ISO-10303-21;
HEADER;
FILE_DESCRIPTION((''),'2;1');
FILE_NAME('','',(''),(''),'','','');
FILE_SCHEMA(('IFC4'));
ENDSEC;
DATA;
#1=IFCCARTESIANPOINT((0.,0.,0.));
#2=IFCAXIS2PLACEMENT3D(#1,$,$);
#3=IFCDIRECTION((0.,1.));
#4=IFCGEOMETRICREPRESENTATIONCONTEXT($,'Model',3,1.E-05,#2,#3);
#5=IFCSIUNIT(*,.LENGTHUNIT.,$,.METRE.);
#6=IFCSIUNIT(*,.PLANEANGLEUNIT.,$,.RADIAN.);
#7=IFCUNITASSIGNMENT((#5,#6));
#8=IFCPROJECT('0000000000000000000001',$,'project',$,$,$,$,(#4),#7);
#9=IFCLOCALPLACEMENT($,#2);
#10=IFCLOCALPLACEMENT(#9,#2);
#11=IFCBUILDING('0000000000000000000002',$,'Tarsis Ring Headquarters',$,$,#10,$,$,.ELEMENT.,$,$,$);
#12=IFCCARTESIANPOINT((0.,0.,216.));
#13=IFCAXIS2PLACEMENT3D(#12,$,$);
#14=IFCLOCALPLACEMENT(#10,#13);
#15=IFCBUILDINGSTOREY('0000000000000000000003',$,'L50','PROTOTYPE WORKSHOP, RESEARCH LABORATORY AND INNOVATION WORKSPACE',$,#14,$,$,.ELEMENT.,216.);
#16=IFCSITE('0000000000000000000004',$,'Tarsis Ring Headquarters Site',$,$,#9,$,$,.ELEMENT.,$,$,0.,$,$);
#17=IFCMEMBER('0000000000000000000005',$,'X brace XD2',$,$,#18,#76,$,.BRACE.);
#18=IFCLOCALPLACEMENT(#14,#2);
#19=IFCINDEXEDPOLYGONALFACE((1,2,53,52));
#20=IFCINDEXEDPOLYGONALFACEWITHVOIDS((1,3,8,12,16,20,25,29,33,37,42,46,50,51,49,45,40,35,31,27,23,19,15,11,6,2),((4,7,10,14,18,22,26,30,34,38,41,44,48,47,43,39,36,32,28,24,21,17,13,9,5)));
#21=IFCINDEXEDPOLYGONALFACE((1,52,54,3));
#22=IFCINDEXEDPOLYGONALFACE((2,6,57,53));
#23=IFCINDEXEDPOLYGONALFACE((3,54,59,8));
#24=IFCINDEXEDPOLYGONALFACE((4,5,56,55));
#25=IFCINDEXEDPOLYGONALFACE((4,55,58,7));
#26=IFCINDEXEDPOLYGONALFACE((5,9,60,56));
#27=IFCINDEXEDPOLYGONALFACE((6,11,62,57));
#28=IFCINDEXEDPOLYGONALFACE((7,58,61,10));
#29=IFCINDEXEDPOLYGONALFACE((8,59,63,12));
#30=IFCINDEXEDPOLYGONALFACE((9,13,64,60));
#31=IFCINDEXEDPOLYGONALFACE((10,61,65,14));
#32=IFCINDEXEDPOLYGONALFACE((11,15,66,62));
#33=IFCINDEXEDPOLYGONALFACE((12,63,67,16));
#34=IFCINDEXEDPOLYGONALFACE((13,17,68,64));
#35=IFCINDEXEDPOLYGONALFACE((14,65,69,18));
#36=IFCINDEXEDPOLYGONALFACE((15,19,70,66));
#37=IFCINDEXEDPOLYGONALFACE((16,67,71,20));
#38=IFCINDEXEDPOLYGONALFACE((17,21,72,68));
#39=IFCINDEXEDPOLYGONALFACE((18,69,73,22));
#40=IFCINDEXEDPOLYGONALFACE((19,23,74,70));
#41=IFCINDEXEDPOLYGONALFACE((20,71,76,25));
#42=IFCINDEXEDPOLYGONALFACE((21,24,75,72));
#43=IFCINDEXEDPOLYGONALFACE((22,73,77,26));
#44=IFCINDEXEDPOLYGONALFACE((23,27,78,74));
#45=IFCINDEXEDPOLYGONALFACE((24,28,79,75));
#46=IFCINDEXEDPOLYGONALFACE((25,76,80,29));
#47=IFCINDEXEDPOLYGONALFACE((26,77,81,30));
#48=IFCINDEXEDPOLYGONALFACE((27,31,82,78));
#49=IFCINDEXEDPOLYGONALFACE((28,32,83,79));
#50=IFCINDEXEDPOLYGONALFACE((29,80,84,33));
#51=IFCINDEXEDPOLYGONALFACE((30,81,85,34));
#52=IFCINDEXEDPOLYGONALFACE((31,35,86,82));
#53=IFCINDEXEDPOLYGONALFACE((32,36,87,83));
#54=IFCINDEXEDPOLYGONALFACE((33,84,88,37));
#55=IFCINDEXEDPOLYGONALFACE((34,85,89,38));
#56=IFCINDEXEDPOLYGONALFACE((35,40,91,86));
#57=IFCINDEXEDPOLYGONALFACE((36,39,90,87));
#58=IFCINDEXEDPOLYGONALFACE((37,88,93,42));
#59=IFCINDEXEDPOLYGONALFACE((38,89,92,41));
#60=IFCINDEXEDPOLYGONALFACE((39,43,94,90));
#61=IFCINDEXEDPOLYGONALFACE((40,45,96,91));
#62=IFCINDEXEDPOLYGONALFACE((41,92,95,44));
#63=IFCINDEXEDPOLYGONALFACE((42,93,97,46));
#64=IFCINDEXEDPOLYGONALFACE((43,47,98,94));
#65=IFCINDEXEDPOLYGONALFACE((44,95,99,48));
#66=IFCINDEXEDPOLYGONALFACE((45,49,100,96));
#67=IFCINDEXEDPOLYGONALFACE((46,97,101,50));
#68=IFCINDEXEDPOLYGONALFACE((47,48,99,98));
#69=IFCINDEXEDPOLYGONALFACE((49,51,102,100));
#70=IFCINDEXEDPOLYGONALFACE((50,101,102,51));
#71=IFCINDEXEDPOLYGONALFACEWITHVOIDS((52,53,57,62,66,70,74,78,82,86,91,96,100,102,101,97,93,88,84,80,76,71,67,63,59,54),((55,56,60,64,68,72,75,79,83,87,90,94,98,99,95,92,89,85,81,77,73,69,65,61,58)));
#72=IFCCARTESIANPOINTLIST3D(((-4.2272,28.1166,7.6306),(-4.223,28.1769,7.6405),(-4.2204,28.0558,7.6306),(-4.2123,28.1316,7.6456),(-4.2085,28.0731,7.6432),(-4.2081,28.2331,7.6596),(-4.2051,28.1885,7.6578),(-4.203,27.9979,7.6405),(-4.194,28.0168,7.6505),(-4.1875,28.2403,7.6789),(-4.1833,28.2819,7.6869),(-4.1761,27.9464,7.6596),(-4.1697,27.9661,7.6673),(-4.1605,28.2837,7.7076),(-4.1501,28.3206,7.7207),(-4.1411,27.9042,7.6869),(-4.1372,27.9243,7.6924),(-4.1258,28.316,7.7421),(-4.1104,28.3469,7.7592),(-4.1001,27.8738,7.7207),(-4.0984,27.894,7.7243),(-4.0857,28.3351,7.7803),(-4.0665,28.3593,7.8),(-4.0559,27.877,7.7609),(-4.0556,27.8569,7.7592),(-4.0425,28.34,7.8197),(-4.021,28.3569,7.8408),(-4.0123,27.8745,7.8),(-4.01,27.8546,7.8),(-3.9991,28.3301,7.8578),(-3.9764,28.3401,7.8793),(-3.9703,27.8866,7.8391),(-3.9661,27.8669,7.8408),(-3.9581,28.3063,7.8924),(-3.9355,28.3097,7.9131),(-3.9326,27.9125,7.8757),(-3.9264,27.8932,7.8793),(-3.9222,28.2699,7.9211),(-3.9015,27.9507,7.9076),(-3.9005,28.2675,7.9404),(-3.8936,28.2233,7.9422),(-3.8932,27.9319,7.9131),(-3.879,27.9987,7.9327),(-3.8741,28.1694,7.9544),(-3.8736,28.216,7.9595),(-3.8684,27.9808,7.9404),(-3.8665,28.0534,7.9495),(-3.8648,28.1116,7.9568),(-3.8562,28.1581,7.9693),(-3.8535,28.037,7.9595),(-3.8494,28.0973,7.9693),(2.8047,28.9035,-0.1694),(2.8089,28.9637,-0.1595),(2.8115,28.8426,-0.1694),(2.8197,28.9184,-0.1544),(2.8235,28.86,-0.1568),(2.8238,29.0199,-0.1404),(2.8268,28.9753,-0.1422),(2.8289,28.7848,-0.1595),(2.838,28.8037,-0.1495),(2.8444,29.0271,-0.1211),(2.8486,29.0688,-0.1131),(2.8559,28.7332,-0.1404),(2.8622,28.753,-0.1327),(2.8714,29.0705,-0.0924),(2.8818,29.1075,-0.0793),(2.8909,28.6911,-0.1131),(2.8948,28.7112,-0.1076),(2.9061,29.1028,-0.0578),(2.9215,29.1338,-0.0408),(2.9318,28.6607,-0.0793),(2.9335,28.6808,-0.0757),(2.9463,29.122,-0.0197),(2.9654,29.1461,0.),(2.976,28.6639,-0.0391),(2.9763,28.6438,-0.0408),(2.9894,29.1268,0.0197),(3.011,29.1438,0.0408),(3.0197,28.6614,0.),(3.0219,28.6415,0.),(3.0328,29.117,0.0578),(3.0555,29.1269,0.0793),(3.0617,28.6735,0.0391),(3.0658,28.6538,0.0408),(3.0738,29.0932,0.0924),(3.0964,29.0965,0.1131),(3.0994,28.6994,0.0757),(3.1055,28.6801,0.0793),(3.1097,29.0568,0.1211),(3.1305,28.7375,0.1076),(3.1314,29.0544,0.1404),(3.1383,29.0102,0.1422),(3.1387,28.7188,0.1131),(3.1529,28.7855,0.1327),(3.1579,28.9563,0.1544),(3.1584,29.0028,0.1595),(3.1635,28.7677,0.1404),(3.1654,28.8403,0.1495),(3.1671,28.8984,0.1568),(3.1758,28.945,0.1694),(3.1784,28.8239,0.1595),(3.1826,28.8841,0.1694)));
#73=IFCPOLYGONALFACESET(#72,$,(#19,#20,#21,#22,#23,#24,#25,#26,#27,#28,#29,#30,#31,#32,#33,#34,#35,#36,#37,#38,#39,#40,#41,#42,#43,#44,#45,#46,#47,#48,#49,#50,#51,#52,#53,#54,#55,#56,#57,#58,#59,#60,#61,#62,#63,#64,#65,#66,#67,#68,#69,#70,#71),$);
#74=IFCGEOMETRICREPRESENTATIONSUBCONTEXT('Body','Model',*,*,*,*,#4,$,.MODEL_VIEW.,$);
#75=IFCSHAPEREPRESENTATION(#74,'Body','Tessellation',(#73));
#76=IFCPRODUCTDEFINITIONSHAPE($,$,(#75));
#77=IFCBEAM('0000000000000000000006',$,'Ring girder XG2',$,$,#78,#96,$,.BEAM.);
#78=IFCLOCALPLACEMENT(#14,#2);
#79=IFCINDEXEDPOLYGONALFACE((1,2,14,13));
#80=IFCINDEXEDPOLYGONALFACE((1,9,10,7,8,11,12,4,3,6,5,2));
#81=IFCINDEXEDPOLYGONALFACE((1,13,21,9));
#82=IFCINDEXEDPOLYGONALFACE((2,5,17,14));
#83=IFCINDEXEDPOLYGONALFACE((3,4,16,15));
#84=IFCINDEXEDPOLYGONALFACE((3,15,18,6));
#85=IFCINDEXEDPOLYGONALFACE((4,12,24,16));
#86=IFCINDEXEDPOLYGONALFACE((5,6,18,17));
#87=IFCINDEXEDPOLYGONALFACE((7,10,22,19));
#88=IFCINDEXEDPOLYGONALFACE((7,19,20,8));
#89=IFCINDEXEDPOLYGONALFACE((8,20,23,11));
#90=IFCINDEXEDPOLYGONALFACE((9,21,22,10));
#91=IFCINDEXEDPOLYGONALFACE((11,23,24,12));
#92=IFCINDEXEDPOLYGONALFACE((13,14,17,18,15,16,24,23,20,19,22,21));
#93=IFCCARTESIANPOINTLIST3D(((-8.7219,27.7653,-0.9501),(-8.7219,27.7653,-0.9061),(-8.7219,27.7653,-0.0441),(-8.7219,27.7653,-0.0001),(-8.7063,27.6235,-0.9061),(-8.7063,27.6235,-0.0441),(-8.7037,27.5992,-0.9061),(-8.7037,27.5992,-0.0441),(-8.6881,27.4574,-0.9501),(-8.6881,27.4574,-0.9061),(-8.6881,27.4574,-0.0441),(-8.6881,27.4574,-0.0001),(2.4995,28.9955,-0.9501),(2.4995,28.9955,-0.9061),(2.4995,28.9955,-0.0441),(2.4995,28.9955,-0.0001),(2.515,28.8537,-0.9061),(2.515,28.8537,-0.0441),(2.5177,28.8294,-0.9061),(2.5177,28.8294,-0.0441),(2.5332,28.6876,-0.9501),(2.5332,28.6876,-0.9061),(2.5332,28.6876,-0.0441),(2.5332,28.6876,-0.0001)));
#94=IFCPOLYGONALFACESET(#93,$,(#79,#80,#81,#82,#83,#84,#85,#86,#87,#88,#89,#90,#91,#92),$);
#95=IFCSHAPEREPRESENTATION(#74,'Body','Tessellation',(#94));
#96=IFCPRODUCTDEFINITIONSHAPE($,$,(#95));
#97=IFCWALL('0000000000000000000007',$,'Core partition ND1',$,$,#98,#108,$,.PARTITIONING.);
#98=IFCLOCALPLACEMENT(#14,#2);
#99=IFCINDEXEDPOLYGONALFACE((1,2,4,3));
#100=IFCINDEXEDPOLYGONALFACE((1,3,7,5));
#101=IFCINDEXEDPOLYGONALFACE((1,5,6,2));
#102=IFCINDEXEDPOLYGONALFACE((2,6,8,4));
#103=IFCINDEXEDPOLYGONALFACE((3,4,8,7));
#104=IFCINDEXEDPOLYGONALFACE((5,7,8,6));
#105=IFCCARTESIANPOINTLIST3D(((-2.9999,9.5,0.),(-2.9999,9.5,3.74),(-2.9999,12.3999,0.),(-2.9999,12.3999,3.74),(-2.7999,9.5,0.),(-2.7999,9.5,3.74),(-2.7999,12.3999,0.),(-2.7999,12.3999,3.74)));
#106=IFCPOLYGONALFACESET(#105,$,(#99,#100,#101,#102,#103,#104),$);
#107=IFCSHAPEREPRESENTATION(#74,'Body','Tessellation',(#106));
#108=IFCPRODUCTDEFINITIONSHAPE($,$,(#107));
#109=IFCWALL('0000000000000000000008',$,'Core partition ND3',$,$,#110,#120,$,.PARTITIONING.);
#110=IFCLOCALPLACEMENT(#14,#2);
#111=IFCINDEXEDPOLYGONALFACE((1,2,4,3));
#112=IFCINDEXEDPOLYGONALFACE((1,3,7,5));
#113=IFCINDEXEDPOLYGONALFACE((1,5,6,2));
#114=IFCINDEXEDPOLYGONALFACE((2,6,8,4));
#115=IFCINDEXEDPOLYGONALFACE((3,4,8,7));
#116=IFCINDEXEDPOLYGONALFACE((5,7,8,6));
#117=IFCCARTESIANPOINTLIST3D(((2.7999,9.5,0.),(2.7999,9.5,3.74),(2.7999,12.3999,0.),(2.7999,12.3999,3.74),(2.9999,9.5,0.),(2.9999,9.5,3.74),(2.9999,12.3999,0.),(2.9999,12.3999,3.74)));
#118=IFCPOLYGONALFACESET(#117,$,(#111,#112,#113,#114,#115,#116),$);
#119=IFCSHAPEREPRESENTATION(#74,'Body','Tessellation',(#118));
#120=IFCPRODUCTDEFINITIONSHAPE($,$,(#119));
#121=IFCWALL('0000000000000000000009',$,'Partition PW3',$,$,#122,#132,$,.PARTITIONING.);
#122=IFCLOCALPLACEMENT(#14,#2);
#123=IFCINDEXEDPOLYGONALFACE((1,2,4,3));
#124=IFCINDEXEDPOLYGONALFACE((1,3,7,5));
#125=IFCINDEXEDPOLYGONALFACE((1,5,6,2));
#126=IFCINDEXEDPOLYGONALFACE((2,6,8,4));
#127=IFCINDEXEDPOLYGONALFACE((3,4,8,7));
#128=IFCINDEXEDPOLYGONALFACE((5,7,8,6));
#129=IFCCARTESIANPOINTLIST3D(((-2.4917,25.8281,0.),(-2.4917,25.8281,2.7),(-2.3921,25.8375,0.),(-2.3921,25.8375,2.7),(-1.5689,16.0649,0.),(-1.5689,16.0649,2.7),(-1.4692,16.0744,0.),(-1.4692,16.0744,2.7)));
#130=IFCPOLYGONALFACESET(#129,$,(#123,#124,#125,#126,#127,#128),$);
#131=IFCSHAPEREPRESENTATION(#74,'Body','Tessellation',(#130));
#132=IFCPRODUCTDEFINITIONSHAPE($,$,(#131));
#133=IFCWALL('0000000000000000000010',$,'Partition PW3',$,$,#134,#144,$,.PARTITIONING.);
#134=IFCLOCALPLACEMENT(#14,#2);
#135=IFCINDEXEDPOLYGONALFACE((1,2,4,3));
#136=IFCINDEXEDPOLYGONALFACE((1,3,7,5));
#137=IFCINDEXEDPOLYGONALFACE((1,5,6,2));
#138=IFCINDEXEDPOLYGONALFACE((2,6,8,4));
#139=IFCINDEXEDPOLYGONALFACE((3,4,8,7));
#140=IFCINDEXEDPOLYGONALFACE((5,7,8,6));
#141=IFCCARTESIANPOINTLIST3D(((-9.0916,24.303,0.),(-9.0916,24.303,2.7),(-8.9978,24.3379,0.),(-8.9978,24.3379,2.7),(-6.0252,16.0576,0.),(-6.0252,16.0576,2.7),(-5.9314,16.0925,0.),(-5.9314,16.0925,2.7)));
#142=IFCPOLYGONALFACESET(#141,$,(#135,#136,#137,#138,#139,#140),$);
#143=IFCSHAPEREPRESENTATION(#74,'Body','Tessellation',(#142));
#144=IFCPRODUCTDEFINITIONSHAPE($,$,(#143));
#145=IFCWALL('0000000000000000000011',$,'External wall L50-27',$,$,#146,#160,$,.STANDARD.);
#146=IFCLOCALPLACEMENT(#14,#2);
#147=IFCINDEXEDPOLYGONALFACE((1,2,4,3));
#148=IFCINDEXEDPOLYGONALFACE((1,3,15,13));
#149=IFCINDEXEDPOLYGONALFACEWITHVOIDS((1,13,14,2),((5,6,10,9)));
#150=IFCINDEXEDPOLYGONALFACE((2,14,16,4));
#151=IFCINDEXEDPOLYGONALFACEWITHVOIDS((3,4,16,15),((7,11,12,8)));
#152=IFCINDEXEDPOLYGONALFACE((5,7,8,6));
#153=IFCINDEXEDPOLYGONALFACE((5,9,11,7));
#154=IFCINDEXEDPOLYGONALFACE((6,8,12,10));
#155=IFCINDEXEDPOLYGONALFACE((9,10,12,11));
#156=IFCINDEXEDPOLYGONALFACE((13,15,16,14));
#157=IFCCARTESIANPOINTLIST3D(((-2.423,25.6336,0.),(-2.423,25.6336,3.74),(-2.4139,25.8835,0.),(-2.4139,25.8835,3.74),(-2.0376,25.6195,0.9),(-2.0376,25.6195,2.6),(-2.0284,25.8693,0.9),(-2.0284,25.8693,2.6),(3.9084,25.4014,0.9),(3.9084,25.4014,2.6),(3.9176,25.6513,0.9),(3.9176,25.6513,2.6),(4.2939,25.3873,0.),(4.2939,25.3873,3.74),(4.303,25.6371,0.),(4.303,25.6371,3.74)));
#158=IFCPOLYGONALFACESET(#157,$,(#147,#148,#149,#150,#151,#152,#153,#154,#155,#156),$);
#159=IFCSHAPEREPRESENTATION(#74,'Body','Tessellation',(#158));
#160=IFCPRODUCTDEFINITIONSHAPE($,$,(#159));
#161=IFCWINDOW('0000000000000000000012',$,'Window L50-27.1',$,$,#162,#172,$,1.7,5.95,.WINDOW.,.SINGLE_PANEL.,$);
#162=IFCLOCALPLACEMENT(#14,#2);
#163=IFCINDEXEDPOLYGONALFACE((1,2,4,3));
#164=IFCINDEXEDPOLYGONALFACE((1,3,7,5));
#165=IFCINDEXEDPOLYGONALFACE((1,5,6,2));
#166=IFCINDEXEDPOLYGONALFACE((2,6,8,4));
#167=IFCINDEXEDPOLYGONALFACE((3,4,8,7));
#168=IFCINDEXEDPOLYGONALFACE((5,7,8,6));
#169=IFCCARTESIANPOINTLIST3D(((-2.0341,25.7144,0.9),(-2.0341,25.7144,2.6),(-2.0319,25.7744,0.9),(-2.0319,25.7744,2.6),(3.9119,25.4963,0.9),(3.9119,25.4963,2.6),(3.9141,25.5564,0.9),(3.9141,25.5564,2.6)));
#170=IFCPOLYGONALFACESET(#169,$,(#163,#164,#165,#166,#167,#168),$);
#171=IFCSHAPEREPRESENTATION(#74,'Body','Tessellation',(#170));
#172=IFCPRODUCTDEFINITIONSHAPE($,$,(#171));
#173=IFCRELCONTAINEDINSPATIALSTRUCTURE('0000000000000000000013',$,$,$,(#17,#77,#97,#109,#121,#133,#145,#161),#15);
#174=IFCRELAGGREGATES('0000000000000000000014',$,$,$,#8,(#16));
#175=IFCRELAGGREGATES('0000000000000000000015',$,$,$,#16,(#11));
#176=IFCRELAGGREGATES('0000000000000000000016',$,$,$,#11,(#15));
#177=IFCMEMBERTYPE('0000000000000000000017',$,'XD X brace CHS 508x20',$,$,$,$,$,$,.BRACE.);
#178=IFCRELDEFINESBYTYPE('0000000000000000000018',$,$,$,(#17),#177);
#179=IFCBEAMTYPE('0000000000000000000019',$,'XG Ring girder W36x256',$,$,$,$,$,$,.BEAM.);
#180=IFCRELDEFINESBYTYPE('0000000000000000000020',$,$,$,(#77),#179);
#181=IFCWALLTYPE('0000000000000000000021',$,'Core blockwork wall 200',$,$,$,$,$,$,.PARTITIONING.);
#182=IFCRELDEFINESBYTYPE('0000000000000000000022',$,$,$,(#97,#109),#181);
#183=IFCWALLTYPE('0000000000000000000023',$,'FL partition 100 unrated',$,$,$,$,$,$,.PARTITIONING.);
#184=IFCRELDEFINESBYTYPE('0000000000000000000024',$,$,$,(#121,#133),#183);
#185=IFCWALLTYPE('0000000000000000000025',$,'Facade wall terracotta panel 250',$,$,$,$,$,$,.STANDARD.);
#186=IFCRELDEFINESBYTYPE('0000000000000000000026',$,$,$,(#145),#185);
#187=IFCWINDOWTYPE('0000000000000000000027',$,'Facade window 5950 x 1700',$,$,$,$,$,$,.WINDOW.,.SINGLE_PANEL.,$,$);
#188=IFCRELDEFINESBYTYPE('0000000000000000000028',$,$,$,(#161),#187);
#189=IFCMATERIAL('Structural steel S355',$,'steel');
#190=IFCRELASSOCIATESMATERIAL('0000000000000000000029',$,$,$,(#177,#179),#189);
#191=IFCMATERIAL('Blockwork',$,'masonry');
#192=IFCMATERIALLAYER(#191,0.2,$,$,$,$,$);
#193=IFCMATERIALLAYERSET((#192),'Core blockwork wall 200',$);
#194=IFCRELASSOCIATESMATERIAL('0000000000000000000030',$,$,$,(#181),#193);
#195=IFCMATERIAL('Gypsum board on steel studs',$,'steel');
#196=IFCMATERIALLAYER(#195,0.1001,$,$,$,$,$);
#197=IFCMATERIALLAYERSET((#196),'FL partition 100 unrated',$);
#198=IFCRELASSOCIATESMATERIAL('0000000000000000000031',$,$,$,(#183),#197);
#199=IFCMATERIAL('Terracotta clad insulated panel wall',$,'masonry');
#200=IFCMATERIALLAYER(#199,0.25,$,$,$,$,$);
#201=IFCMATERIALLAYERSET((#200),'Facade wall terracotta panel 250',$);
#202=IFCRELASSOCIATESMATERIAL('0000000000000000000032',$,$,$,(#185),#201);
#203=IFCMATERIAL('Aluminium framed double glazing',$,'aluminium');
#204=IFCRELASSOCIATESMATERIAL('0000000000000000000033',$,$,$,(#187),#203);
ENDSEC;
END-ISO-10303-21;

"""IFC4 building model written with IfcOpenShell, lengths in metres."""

from ifc_helpers import new_model, si_unit, direction, frame, frame_2d, origin, origin_2d, place, context, subcontext, project, spatial, rectangle, hollow_circle, i_section, extrude, material, layer, layer_set, material_profile, profile_set, type_object, element, fill, save


model = new_model("IFC4")

# Units and contexts
model_context = context("Model", 3, precision=1e-05, world=origin(), true_north=direction((0.0, 1.0)))
body_context = subcontext(model_context, "Body", "Model", "MODEL_VIEW")
ifc_project = project(units=[si_unit("LENGTHUNIT", "METRE"), si_unit("PLANEANGLEUNIT", "RADIAN")], contexts=[model_context])

# Site, building, storey
site_placement = place(None, origin())
site = spatial("IfcSite", under=ifc_project, at=site_placement, Name="Tarsis Ring Headquarters Site", CompositionType="ELEMENT", RefElevation=0.0)
building_placement = place(site_placement, origin())
building = spatial("IfcBuilding", under=site, at=building_placement, Name="Tarsis Ring Headquarters", CompositionType="ELEMENT")
storey_placement = place(building_placement, frame((0.0, 0.0, 216.0)))
storey = spatial("IfcBuildingStorey", under=building, at=storey_placement, Name="L50", Description="PROTOTYPE WORKSHOP, RESEARCH LABORATORY AND INNOVATION WORKSPACE", CompositionType="ELEMENT", Elevation=216.0)

# Shared definitions
ifc_material_1 = material(Name="Structural steel S355", Category="steel")

# Member
ifc_material_profile_1 = material_profile(ifc_material_1, hollow_circle(Radius=0.2539, WallThickness=0.02, at=origin_2d()), Name="CHS 508x20")
ifc_profile_set_1 = profile_set([ifc_material_profile_1], Name="Structural steel S355")
member_type = type_object("IfcMemberType", Name="XD X brace CHS 508x20", PredefinedType="BRACE", material=ifc_profile_set_1)
member_placement = place(storey_placement, frame((2.9937, 28.8938, 0.0), z_axis=(-0.667721, -0.074717, 0.740653), x_axis=(0.111204, -0.993798, 0.0)))
element("IfcMember", 1, at=member_placement, inside=storey, type_object=member_type, Name="X brace XD2", PredefinedType="BRACE", context=body_context, shape_type="SweptSolid", body=[
    extrude(hollow_circle(Radius=0.2539, WallThickness=0.02, at=origin_2d()), origin(), (0.0, 0.0, 1.0), 10.5312),
])

# Beam
ifc_material_profile_2 = material_profile(ifc_material_1, i_section(OverallWidth=0.3098, OverallDepth=0.95, WebThickness=0.0244, FlangeThickness=0.0439, at=origin_2d()), Name="W36x256")
ifc_profile_set_2 = profile_set([ifc_material_profile_2], Name="Structural steel S355")
beam_type_1 = type_object("IfcBeamType", Name="XG Ring girder W36x256", PredefinedType="BEAM", material=ifc_profile_set_2)
beam_1_placement = place(storey_placement, frame((2.5164, 28.8416, -0.4751), z_axis=(-0.994044, -0.108979, 0.0), x_axis=(0.108979, -0.994044, 0.0)))
element("IfcBeam", 2, at=beam_1_placement, inside=storey, type_object=beam_type_1, Name="Ring girder XG2", PredefinedType="BEAM", context=body_context, shape_type="SweptSolid", body=[
    extrude(i_section(OverallWidth=0.3098, OverallDepth=0.95, WebThickness=0.0244, FlangeThickness=0.0439, at=origin_2d()), origin(), (0.0, 0.0, 1.0), 11.2886),
])

# Walls
ifc_material_2 = material(Name="Blockwork", Category="masonry")
ifc_layer_1 = layer(ifc_material_2, 0.2)
ifc_layer_set_1 = layer_set([ifc_layer_1], Name="Core blockwork wall 200")
wall_type_1 = type_object("IfcWallType", Name="Core blockwork wall 200", PredefinedType="PARTITIONING", material=ifc_layer_set_1)
for number, where, z_axis, x_axis, name in (
    (3, (-2.8999, 9.5, 0.0), (0.0, 0.0, 1.0), (0.0, 1.0, 0.0), "Core partition ND1"),
    (4, (2.8999, 9.5, 0.0), (0.0, 0.0, 1.0), (0.0, 1.0, 0.0), "Core partition ND3"),
):
    element("IfcWall", number, at=place(storey_placement, frame(where, z_axis=z_axis, x_axis=x_axis)), inside=storey, type_object=wall_type_1, Name=name, PredefinedType="PARTITIONING", context=body_context, shape_type="SweptSolid", body=[
        extrude(rectangle(XDim=2.8999, YDim=0.2, at=frame_2d((1.45, 0.0))), origin(), (0.0, 0.0, 1.0), 3.74),
    ])
ifc_material_3 = material(Name="Gypsum board on steel studs", Category="steel")
ifc_layer_2 = layer(ifc_material_3, 0.1001)
ifc_layer_set_2 = layer_set([ifc_layer_2], Name="FL partition 100 unrated")
wall_type_2 = type_object("IfcWallType", Name="FL partition 100 unrated", PredefinedType="PARTITIONING", material=ifc_layer_set_2)
wall_1_placement = place(storey_placement, frame((-2.4419, 25.8328, 0.0), z_axis=(0.0, 0.0, 1.0), x_axis=(0.094104, -0.995562, 0.0)))
element("IfcWall", 5, at=wall_1_placement, inside=storey, type_object=wall_type_2, Name="Partition PW3", PredefinedType="PARTITIONING", context=body_context, shape_type="SweptSolid", body=[
    extrude(rectangle(XDim=9.8066, YDim=0.1001, at=frame_2d((4.9033, 0.0))), origin(), (0.0, 0.0, 1.0), 2.7),
])
wall_2_placement = place(storey_placement, frame((-9.0447, 24.3203, 0.0), z_axis=(0.0, 0.0, 1.0), x_axis=(0.34857, -0.937283, 0.0)))
element("IfcWall", 6, at=wall_2_placement, inside=storey, type_object=wall_type_2, Name="Partition PW3", PredefinedType="PARTITIONING", context=body_context, shape_type="SweptSolid", body=[
    extrude(rectangle(XDim=8.7971, YDim=0.1001, at=frame_2d((4.3984, 0.0))), origin(), (0.0, 0.0, 1.0), 2.7),
])

# Wall, opening, window
ifc_material_4 = material(Name="Terracotta clad insulated panel wall", Category="masonry")
ifc_layer_3 = layer(ifc_material_4, 0.25)
ifc_layer_set_3 = layer_set([ifc_layer_3], Name="Facade wall terracotta panel 250")
wall_type_3 = type_object("IfcWallType", Name="Facade wall terracotta panel 250", PredefinedType="STANDARD", material=ifc_layer_set_3)
wall_3_placement = place(storey_placement, frame((4.2986, 25.5122, 0.0), z_axis=(0.0, 0.0, 1.0), x_axis=(-0.999328, 0.036649, 0.0)))
wall_3 = element("IfcWall", 7, at=wall_3_placement, inside=storey, type_object=wall_type_3, Name="External wall L50-27", PredefinedType="STANDARD", context=body_context, shape_type="SweptSolid", body=[
    extrude(rectangle(XDim=6.7214, YDim=0.25, at=frame_2d((3.3608, 0.0))), origin(), (0.0, 0.0, 1.0), 3.74),
])
opening_1_placement = place(wall_3_placement, frame((0.3857, 0.0, 0.8999)))
opening_1 = element("IfcOpeningElement", 8, at=opening_1_placement, cuts=wall_3, PredefinedType="OPENING", context=body_context, shape_type="SweptSolid", body=[
    extrude(rectangle(XDim=5.95, YDim=1.7, at=frame_2d((2.9751, 0.8501))), frame((0.0, 0.135, 0.0), z_axis=(0.0, -1.0, 0.0), x_axis=(1.0, 0.0, 0.0)), (0.0, 0.0, 1.0), 0.27),
])
ifc_material_5 = material(Name="Aluminium framed double glazing", Category="aluminium")
window_type = type_object("IfcWindowType", Name="Facade window 5950 x 1700", PartitioningType="SINGLE_PANEL", PredefinedType="WINDOW", material=ifc_material_5)
window_1_placement = place(opening_1_placement, origin())
window_1 = element("IfcWindow", 9, at=window_1_placement, inside=storey, type_object=window_type, Name="Window L50-27.1", OverallHeight=1.7, OverallWidth=5.95, PartitioningType="SINGLE_PANEL", PredefinedType="WINDOW", context=body_context, shape_type="SweptSolid", body=[
    extrude(rectangle(XDim=5.95, YDim=1.7, at=frame_2d((2.9751, 0.8501))), frame((0.0, 0.03, 0.0), z_axis=(0.0, -1.0, 0.0), x_axis=(1.0, 0.0, 0.0)), (0.0, 0.0, 1.0), 0.0601),
])
fill(opening_1, window_1)

save(model, "model.ifc")
